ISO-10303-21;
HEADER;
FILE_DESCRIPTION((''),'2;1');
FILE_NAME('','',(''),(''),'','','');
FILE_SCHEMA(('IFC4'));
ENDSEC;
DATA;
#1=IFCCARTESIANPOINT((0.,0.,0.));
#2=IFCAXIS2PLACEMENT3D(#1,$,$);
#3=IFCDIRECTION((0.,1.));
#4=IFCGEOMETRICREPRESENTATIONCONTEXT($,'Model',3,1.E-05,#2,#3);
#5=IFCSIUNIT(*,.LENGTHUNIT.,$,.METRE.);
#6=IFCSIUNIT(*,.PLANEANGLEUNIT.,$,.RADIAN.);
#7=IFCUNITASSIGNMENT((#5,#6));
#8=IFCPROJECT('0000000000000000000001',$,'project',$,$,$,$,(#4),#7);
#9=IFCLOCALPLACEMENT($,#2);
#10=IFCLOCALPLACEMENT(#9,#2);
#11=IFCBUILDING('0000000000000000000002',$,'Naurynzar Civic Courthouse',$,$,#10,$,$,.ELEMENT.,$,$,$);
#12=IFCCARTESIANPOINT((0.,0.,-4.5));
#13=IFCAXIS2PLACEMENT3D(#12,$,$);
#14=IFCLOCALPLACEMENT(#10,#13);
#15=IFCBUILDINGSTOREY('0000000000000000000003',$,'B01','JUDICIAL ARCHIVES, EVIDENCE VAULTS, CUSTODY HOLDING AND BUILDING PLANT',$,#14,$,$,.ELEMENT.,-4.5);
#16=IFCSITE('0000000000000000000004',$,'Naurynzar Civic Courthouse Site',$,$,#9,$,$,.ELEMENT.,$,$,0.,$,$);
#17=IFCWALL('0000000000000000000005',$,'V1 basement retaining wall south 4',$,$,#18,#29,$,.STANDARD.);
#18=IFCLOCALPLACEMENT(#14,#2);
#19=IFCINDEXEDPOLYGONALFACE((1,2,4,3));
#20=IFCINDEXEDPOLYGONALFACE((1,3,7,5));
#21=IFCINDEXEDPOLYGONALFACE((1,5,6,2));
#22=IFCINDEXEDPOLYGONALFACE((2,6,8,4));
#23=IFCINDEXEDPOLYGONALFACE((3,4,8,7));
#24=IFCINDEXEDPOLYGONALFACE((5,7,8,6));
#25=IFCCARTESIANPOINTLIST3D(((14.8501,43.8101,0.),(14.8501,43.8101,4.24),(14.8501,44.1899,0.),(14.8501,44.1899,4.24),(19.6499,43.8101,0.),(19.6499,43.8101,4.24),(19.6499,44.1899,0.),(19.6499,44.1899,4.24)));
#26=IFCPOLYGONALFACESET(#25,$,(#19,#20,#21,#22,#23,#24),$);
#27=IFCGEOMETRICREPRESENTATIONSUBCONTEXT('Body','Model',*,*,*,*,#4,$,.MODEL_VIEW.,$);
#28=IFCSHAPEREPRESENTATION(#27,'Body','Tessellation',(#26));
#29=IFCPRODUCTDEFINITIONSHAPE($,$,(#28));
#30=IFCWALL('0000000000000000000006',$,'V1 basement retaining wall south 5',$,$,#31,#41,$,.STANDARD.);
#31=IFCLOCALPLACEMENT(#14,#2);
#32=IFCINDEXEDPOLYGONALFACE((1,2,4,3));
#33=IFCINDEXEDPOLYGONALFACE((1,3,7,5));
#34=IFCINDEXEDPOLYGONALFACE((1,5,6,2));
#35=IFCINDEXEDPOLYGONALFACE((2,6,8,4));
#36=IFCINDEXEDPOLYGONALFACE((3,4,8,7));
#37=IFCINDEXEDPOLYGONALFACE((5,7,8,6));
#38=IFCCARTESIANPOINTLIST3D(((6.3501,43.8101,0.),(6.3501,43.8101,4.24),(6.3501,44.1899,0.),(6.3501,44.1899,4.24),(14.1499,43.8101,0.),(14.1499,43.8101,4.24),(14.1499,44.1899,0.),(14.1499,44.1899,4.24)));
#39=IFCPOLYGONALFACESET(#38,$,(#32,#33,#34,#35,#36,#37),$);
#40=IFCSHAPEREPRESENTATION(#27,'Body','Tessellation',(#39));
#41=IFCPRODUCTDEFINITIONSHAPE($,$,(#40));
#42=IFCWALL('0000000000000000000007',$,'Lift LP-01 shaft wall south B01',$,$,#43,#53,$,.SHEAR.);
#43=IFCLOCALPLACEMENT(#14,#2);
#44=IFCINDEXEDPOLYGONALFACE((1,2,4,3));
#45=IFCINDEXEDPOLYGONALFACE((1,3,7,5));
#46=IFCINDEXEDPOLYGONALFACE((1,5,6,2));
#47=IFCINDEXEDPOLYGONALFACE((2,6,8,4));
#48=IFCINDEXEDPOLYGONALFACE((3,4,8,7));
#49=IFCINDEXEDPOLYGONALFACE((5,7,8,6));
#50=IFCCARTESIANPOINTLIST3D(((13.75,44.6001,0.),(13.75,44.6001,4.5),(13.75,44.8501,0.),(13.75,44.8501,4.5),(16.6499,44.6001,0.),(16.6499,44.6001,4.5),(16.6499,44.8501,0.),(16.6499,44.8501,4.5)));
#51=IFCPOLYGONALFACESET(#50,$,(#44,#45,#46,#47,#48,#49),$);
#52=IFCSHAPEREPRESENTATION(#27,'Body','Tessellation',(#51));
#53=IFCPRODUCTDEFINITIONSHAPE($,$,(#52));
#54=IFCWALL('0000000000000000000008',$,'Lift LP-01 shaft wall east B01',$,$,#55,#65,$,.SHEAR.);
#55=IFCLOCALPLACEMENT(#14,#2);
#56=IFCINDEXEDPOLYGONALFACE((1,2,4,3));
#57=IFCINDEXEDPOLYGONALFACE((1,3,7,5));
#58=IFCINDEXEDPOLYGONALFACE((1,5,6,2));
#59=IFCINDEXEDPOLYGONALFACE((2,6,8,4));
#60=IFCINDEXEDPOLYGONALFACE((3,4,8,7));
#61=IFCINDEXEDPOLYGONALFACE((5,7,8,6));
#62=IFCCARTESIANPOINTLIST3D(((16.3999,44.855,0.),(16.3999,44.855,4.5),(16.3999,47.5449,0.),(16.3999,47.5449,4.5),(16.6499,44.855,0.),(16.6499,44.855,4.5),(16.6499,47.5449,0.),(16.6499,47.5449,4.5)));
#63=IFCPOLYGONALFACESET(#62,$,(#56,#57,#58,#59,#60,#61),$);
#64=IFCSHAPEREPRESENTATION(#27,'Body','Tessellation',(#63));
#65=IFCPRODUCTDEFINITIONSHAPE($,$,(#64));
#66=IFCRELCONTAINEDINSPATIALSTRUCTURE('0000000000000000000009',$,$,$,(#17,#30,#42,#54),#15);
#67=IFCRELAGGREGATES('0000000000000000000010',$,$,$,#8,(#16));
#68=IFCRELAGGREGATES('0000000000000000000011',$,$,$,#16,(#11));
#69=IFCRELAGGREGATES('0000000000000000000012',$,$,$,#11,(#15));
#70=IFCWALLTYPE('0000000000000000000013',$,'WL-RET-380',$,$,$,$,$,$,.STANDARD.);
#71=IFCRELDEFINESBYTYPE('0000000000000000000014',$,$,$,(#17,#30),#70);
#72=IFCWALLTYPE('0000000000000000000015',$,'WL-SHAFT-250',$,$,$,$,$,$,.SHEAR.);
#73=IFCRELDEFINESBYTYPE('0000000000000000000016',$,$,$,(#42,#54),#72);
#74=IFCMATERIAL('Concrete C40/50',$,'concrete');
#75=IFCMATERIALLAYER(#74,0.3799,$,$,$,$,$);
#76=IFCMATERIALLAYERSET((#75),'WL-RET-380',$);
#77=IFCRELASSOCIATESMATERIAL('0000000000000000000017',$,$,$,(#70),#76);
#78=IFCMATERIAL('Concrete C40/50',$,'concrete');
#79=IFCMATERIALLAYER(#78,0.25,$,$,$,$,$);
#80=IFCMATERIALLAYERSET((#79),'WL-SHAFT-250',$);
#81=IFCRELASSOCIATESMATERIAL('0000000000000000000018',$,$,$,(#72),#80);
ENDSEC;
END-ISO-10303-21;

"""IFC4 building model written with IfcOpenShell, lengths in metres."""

from ifc_helpers import new_model, si_unit, direction, frame, frame_2d, origin, place, context, subcontext, project, spatial, rectangle, extrude, material, layer, layer_set, type_object, element, save


model = new_model("IFC4")

# Units and contexts
model_context = context("Model", 3, precision=1e-05, world=origin(), true_north=direction((0.0, 1.0)))
body_context = subcontext(model_context, "Body", "Model", "MODEL_VIEW")
ifc_project = project(units=[si_unit("LENGTHUNIT", "METRE"), si_unit("PLANEANGLEUNIT", "RADIAN")], contexts=[model_context])

# Site, building, storey
site_placement = place(None, origin())
site = spatial("IfcSite", under=ifc_project, at=site_placement, Name="Naurynzar Civic Courthouse Site", CompositionType="ELEMENT", RefElevation=0.0)
building_placement = place(site_placement, origin())
building = spatial("IfcBuilding", under=site, at=building_placement, Name="Naurynzar Civic Courthouse", CompositionType="ELEMENT")
storey_placement = place(building_placement, frame((0.0, 0.0, -4.5)))
storey = spatial("IfcBuildingStorey", under=building, at=storey_placement, Name="B01", Description="JUDICIAL ARCHIVES, EVIDENCE VAULTS, CUSTODY HOLDING AND BUILDING PLANT", CompositionType="ELEMENT", Elevation=-4.5)

# Walls
ifc_material_1 = material(Name="Concrete C40/50", Category="concrete")
ifc_layer_1 = layer(ifc_material_1, 0.3799)
ifc_layer_set_1 = layer_set([ifc_layer_1], Name="WL-RET-380")
wall_type_1 = type_object("IfcWallType", Name="WL-RET-380", PredefinedType="STANDARD", material=ifc_layer_set_1)
wall_1_placement = place(storey_placement, frame((19.6499, 44.0, 0.0), z_axis=(0.0, 0.0, 1.0), x_axis=(-1.0, 0.0, 0.0)))
element("IfcWall", 1, at=wall_1_placement, inside=storey, type_object=wall_type_1, Name="V1 basement retaining wall south 4", PredefinedType="STANDARD", context=body_context, shape_type="SweptSolid", body=[
    extrude(rectangle(XDim=4.7998, YDim=0.3799, at=frame_2d((2.3999, 0.0))), origin(), (0.0, 0.0, 1.0), 4.24),
])
wall_2_placement = place(storey_placement, frame((14.1499, 44.0, 0.0), z_axis=(0.0, 0.0, 1.0), x_axis=(-1.0, 0.0, 0.0)))
element("IfcWall", 2, at=wall_2_placement, inside=storey, type_object=wall_type_1, Name="V1 basement retaining wall south 5", PredefinedType="STANDARD", context=body_context, shape_type="SweptSolid", body=[
    extrude(rectangle(XDim=7.7998, YDim=0.3799, at=frame_2d((3.8999, 0.0))), origin(), (0.0, 0.0, 1.0), 4.24),
])
ifc_material_2 = material(Name="Concrete C40/50", Category="concrete")
ifc_layer_2 = layer(ifc_material_2, 0.25)
ifc_layer_set_2 = layer_set([ifc_layer_2], Name="WL-SHAFT-250")
wall_type_2 = type_object("IfcWallType", Name="WL-SHAFT-250", PredefinedType="SHEAR", material=ifc_layer_set_2)
wall_3_placement = place(storey_placement, frame((13.75, 44.7251, 0.0), z_axis=(0.0, 0.0, 1.0), x_axis=(1.0, 0.0, 0.0)))
element("IfcWall", 3, at=wall_3_placement, inside=storey, type_object=wall_type_2, Name="Lift LP-01 shaft wall south B01", PredefinedType="SHEAR", context=body_context, shape_type="SweptSolid", body=[
    extrude(rectangle(XDim=2.8999, YDim=0.25, at=frame_2d((1.45, 0.0))), origin(), (0.0, 0.0, 1.0), 4.5),
])
wall_4_placement = place(storey_placement, frame((16.5249, 44.855, 0.0), z_axis=(0.0, 0.0, 1.0), x_axis=(0.0, 1.0, 0.0)))
element("IfcWall", 4, at=wall_4_placement, inside=storey, type_object=wall_type_2, Name="Lift LP-01 shaft wall east B01", PredefinedType="SHEAR", context=body_context, shape_type="SweptSolid", body=[
    extrude(rectangle(XDim=2.6899, YDim=0.25, at=frame_2d((1.345, 0.0))), origin(), (0.0, 0.0, 1.0), 4.5),
])

save(model, "model.ifc")
